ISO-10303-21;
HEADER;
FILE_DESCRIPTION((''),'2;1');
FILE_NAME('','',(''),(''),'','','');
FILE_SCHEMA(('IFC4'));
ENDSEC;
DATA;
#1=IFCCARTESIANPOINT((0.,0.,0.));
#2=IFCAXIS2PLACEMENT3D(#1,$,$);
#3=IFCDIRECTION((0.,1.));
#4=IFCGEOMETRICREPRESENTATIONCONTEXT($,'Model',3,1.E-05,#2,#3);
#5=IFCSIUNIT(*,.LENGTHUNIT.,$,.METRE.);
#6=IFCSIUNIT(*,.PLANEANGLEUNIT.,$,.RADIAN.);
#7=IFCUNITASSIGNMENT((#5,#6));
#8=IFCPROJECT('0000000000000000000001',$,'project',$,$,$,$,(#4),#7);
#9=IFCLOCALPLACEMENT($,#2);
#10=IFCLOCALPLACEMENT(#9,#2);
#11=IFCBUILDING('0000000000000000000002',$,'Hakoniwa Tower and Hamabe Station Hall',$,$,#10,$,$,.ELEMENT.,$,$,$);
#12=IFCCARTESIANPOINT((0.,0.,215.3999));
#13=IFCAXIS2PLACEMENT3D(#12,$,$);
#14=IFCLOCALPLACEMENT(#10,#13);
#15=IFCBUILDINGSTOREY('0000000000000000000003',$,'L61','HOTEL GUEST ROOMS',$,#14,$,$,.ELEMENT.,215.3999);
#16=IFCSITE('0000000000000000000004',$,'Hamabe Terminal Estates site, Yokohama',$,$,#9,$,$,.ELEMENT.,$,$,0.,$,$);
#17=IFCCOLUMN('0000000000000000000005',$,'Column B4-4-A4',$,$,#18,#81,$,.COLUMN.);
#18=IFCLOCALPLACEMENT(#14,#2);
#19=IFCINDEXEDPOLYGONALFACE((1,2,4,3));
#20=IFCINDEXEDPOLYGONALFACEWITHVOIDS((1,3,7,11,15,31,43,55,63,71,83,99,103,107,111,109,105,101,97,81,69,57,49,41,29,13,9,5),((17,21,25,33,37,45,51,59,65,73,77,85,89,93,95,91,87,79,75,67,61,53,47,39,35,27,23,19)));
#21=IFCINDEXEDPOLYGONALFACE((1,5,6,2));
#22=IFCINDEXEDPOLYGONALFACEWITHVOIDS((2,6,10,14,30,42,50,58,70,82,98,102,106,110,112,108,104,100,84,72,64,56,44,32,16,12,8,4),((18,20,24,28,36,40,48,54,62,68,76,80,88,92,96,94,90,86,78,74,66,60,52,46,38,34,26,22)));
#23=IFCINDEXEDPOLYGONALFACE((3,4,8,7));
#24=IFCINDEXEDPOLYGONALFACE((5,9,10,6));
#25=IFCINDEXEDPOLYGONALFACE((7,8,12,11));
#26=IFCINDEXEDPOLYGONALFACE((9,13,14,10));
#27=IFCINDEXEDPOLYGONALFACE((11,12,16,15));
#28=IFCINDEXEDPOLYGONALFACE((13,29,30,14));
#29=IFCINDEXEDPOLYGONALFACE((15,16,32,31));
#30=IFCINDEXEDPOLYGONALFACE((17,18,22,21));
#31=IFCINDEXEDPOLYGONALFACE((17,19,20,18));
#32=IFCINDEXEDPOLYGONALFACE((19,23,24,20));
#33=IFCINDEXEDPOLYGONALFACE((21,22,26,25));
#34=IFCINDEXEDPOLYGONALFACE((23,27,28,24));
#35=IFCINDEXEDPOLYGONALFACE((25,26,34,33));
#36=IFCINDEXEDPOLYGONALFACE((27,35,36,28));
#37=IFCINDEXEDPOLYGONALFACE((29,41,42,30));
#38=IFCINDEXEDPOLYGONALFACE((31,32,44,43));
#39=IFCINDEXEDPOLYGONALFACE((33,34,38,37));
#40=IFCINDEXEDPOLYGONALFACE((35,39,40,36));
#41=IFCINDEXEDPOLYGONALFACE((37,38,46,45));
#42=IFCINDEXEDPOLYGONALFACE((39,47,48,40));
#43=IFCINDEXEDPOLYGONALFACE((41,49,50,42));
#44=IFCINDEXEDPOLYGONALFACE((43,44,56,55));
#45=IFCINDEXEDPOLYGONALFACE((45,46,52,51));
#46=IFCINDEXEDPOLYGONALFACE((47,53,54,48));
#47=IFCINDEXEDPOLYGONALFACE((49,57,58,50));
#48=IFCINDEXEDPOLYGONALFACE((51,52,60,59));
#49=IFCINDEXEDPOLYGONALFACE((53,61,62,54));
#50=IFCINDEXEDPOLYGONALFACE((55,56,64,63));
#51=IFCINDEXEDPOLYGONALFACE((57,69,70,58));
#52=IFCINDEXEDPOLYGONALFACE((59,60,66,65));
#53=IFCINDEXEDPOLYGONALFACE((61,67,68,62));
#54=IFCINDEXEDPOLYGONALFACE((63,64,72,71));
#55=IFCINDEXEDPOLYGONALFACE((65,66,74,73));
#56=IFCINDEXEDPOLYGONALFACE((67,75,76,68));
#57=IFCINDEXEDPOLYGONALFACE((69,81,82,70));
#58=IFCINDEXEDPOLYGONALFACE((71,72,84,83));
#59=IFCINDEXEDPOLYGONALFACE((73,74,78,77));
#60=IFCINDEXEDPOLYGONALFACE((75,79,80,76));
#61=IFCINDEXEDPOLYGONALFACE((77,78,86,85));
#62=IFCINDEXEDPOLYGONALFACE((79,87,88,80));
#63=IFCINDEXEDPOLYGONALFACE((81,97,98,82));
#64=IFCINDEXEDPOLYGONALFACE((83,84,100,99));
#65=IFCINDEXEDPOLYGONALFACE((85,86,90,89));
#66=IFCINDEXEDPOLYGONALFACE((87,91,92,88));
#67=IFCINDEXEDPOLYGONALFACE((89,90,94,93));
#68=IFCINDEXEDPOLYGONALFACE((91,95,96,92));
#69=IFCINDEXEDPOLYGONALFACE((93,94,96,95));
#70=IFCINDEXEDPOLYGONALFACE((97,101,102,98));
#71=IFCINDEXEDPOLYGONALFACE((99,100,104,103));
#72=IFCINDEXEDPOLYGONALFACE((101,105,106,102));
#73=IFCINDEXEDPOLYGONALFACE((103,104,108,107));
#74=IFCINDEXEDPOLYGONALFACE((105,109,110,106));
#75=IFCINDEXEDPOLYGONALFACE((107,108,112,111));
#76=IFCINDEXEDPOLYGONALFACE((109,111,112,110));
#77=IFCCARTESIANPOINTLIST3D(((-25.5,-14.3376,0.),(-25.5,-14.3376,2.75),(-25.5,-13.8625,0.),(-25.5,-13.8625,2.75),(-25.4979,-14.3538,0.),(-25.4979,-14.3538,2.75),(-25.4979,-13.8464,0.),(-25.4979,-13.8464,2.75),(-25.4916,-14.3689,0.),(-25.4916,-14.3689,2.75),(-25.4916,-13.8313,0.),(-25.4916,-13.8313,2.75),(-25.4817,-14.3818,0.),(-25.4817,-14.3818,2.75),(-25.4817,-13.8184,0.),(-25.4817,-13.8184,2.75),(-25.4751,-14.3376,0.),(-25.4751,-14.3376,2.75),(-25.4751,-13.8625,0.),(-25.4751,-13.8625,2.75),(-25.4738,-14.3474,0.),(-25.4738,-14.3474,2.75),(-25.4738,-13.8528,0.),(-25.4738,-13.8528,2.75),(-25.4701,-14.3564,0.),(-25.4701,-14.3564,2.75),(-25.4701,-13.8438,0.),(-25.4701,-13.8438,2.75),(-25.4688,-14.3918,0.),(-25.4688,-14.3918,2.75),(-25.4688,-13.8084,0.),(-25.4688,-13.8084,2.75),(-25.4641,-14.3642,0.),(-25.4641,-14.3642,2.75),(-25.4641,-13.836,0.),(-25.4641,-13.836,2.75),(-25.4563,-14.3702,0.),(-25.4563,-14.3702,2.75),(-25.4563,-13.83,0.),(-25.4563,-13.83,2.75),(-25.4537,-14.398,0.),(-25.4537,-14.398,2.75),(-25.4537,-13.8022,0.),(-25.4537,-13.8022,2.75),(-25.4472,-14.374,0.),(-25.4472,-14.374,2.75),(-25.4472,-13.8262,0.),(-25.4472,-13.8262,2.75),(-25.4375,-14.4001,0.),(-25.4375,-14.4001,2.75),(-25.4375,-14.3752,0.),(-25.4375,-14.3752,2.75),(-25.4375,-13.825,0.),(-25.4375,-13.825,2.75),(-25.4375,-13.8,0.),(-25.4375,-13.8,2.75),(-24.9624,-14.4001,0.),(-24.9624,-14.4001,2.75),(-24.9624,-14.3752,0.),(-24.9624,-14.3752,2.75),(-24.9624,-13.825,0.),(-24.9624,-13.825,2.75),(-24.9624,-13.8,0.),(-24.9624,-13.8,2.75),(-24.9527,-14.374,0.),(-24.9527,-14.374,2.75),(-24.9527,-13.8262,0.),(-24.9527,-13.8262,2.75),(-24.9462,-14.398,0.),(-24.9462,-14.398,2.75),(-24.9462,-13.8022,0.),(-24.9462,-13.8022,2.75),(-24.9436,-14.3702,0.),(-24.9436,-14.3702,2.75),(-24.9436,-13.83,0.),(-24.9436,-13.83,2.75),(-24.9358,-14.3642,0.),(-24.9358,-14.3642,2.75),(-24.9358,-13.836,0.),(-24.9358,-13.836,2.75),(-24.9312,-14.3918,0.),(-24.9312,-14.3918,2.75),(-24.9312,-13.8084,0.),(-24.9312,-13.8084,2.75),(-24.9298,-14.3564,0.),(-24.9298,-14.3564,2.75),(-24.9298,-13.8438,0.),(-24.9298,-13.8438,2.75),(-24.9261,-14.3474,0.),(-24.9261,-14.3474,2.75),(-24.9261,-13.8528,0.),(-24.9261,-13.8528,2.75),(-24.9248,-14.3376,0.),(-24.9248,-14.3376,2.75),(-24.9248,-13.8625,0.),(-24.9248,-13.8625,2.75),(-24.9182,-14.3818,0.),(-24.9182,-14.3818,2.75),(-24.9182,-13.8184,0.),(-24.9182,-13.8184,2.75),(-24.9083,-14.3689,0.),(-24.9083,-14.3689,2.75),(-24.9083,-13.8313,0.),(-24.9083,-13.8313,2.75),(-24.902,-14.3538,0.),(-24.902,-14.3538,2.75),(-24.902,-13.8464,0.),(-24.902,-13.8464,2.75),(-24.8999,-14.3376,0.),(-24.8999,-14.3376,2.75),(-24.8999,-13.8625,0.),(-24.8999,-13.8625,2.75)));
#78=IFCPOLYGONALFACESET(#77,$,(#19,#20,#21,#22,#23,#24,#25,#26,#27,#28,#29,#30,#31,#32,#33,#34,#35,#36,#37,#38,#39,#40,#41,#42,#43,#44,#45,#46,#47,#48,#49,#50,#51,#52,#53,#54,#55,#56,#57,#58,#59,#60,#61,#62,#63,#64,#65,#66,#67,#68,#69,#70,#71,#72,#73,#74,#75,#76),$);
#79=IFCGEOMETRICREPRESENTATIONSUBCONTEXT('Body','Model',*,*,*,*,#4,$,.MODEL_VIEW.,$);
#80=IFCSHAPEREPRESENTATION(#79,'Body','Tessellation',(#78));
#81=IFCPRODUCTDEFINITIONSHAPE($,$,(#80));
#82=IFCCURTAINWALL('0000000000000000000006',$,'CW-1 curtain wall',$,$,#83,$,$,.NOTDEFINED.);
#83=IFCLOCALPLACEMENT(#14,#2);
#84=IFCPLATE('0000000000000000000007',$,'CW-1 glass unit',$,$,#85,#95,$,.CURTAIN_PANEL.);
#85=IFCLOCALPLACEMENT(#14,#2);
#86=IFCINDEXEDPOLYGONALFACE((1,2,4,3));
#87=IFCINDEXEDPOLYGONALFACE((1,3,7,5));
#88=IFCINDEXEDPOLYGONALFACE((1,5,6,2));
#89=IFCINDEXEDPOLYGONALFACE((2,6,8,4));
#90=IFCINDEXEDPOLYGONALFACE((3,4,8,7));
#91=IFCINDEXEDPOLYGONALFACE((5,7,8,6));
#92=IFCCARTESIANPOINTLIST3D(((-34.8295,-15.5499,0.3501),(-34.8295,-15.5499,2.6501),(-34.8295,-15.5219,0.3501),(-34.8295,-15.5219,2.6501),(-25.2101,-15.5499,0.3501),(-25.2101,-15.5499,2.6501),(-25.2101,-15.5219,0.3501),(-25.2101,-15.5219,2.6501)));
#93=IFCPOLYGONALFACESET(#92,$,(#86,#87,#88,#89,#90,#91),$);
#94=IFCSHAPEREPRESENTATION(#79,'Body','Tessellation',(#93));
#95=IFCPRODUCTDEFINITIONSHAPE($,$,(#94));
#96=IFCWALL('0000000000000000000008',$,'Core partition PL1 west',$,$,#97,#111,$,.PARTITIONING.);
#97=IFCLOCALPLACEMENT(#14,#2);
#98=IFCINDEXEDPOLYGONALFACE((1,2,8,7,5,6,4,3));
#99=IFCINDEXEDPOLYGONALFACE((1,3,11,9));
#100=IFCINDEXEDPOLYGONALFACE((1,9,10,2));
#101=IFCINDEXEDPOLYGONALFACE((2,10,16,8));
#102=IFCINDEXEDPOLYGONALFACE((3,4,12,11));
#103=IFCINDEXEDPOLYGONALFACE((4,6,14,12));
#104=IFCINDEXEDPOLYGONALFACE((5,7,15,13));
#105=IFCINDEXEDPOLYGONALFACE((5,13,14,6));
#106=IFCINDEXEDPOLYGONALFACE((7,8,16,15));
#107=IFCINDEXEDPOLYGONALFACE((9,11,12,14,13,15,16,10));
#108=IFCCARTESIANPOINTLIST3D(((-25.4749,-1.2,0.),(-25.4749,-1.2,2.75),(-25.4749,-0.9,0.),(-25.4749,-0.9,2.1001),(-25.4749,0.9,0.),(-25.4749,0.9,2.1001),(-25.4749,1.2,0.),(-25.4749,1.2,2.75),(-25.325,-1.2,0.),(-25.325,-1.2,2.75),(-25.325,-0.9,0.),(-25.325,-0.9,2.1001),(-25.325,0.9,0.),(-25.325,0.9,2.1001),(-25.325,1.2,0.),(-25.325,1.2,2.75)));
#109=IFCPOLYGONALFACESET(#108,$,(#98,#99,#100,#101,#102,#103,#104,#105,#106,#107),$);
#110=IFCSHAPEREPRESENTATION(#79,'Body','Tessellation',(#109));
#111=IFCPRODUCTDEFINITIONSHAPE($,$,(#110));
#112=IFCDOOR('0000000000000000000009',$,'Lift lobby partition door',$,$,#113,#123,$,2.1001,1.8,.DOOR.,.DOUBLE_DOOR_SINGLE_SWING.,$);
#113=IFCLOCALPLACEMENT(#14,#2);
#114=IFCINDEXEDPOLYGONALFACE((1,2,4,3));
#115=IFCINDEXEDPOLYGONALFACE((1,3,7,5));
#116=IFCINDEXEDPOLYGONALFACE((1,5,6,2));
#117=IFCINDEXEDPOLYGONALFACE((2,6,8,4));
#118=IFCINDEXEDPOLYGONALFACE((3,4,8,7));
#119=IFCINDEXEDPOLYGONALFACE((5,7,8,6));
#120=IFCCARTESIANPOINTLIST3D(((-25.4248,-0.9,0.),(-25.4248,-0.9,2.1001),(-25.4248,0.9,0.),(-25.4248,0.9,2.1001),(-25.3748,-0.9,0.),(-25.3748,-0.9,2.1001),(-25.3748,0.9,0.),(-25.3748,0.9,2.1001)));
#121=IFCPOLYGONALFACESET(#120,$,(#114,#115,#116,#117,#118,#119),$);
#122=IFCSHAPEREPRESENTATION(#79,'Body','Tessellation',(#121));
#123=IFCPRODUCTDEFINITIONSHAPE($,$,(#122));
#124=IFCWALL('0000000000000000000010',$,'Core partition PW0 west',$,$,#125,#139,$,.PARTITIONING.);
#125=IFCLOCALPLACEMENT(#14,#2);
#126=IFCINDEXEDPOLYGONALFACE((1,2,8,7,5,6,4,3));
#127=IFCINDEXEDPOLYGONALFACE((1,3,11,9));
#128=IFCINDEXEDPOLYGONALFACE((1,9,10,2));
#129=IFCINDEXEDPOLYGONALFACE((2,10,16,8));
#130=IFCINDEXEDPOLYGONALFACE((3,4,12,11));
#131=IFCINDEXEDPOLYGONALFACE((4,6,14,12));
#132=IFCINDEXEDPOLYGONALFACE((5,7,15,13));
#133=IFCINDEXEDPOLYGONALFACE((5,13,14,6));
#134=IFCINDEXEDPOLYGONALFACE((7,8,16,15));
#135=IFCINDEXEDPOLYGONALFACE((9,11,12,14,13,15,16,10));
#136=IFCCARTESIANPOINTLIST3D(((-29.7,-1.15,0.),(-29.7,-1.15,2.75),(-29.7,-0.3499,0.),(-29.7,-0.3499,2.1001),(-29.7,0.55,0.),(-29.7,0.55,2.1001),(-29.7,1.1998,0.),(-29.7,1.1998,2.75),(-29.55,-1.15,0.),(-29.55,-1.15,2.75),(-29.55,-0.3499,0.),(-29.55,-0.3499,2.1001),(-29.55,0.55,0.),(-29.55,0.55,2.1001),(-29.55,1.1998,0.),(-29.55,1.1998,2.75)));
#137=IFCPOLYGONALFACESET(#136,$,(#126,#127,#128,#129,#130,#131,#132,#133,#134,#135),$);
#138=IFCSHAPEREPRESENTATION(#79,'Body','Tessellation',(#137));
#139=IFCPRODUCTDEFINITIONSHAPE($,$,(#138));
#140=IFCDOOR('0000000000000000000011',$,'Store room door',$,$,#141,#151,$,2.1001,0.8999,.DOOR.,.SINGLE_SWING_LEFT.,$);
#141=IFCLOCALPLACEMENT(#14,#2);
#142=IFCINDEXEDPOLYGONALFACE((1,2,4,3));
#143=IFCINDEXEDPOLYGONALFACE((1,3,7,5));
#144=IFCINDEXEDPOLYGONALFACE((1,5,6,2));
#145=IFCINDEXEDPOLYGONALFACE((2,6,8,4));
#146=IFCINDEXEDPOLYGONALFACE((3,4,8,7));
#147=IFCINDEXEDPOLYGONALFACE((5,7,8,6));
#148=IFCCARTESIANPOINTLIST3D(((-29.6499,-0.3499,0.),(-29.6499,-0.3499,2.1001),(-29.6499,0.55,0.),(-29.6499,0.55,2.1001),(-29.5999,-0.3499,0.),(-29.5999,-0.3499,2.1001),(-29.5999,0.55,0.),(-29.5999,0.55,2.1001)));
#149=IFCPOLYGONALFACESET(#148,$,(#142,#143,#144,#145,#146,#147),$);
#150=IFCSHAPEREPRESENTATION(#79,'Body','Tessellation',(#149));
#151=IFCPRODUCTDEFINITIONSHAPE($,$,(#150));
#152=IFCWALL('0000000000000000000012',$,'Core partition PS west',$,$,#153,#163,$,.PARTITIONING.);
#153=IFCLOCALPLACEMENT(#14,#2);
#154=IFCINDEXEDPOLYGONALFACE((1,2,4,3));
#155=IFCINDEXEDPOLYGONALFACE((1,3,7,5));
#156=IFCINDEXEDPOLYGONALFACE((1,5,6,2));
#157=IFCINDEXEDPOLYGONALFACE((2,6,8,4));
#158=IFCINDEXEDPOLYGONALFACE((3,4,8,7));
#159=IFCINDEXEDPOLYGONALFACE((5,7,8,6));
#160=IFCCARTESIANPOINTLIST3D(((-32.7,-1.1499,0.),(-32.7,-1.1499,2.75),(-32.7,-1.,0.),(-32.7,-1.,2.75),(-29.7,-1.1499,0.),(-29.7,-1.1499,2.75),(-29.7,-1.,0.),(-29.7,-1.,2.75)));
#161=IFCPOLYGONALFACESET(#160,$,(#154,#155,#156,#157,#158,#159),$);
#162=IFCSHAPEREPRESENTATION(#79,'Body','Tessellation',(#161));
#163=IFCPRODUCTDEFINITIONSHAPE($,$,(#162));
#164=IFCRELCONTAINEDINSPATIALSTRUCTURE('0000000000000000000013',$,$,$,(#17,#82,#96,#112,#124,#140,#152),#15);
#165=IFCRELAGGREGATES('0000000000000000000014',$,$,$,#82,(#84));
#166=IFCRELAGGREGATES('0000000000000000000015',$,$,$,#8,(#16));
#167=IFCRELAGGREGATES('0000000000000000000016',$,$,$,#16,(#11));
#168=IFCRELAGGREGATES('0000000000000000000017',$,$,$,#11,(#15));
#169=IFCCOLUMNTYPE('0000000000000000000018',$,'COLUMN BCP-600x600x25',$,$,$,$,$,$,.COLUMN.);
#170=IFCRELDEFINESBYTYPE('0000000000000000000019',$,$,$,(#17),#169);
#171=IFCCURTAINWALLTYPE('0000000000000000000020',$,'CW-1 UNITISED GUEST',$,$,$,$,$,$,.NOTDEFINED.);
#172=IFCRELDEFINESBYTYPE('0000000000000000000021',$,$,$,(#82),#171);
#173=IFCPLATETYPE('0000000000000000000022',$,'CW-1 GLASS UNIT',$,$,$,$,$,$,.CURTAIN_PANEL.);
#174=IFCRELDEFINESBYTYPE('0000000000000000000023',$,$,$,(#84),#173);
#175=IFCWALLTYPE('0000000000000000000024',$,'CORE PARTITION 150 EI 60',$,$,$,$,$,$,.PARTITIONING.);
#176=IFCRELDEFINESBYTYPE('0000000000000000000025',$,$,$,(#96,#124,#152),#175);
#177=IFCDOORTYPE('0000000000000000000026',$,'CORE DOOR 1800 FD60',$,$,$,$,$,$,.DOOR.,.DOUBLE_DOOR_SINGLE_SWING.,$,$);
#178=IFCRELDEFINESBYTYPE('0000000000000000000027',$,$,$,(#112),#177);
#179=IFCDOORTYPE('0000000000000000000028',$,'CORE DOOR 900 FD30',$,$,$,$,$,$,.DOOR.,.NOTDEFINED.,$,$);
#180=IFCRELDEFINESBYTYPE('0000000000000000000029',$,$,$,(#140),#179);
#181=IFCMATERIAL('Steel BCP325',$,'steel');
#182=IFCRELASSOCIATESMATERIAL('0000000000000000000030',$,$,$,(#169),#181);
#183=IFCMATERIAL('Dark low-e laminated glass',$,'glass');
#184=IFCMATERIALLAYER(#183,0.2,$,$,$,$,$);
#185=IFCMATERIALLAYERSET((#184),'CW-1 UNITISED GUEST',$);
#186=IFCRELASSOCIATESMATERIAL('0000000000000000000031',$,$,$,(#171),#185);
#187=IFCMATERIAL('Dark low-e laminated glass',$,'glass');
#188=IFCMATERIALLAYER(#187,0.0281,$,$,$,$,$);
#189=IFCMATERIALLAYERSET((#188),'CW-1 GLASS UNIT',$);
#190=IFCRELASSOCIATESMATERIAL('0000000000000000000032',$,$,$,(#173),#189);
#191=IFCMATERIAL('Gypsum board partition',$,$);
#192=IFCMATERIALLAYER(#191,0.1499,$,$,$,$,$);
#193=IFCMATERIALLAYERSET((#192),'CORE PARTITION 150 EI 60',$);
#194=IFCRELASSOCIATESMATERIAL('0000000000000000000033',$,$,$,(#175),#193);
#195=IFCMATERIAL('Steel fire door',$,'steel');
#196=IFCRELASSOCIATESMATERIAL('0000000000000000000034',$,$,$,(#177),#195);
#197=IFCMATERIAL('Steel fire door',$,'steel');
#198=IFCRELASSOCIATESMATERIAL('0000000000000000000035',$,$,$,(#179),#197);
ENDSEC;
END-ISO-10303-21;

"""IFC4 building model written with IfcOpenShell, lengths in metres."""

from ifc_helpers import new_model, si_unit, direction, frame, frame_2d, origin, origin_2d, place, context, subcontext, project, spatial, rectangle, hollow_rectangle, extrude, material, layer, layer_set, material_profile, profile_set, type_object, element, fill, aggregate, save


model = new_model("IFC4")

# Units and contexts
model_context = context("Model", 3, precision=1e-05, world=origin(), true_north=direction((0.0, 1.0)))
body_context = subcontext(model_context, "Body", "Model", "MODEL_VIEW")
ifc_project = project(units=[si_unit("LENGTHUNIT", "METRE"), si_unit("PLANEANGLEUNIT", "RADIAN")], contexts=[model_context])

# Site, building, storey
site_placement = place(None, origin())
site = spatial("IfcSite", under=ifc_project, at=site_placement, Name="Hamabe Terminal Estates site, Yokohama", CompositionType="ELEMENT", RefElevation=0.0)
building_placement = place(site_placement, origin())
building = spatial("IfcBuilding", under=site, at=building_placement, Name="Hakoniwa Tower and Hamabe Station Hall", CompositionType="ELEMENT")
storey_placement = place(building_placement, frame((0.0, 0.0, 215.3999)))
storey = spatial("IfcBuildingStorey", under=building, at=storey_placement, Name="L61", Description="HOTEL GUEST ROOMS", CompositionType="ELEMENT", Elevation=215.3999)

# Column
ifc_material_1 = material(Name="Steel BCP325", Category="steel")
ifc_material_profile = material_profile(ifc_material_1, hollow_rectangle(XDim=0.6001, YDim=0.6001, WallThickness=0.0249, InnerFilletRadius=0.0376, OuterFilletRadius=0.0625, at=origin_2d()), Name="BCP-600x600x25")
ifc_profile_set = profile_set([ifc_material_profile], Name="Steel BCP325")
column_type = type_object("IfcColumnType", Name="COLUMN BCP-600x600x25", PredefinedType="COLUMN", material=ifc_profile_set)
column_placement = place(storey_placement, frame((-25.2, -14.1001, 0.0), z_axis=(0.0, 0.0, 1.0), x_axis=(1.0, 0.0, 0.0)))
element("IfcColumn", 1, at=column_placement, inside=storey, type_object=column_type, Name="Column B4-4-A4", PredefinedType="COLUMN", context=body_context, shape_type="SweptSolid", body=[
    extrude(hollow_rectangle(XDim=0.6001, YDim=0.6001, WallThickness=0.0249, InnerFilletRadius=0.0376, OuterFilletRadius=0.0625, at=origin_2d()), origin(), (0.0, 0.0, 1.0), 2.75),
])

# Curtain wall, plate
ifc_material_2 = material(Name="Dark low-e laminated glass", Category="glass")
ifc_layer_1 = layer(ifc_material_2, 0.2)
ifc_layer_set_1 = layer_set([ifc_layer_1], Name="CW-1 UNITISED GUEST")
curtain_wall_type = type_object("IfcCurtainWallType", Name="CW-1 UNITISED GUEST", PredefinedType="NOTDEFINED", material=ifc_layer_set_1)
curtain_wall_placement = place(storey_placement, origin())
curtain_wall = element("IfcCurtainWall", 2, at=curtain_wall_placement, inside=storey, type_object=curtain_wall_type, Name="CW-1 curtain wall", PredefinedType="NOTDEFINED")
ifc_material_3 = material(Name="Dark low-e laminated glass", Category="glass")
ifc_layer_2 = layer(ifc_material_3, 0.0281)
ifc_layer_set_2 = layer_set([ifc_layer_2], Name="CW-1 GLASS UNIT")
plate_type = type_object("IfcPlateType", Name="CW-1 GLASS UNIT", PredefinedType="CURTAIN_PANEL", material=ifc_layer_set_2)
plate_placement = place(storey_placement, frame((-30.0198, -15.5359, 0.3501), z_axis=(0.0, 0.0, 1.0), x_axis=(1.0, 0.0, 0.0)))
plate = element("IfcPlate", 3, at=plate_placement, type_object=plate_type, Name="CW-1 glass unit", PredefinedType="CURTAIN_PANEL", context=body_context, shape_type="SweptSolid", body=[
    extrude(rectangle(XDim=9.6194, YDim=0.0281, at=origin_2d()), origin(), (0.0, 0.0, 1.0), 2.3),
])
aggregate(curtain_wall, [plate])

# Walls, openings, doors
ifc_material_4 = material(Name="Gypsum board partition")
ifc_layer_3 = layer(ifc_material_4, 0.1499)
ifc_layer_set_3 = layer_set([ifc_layer_3], Name="CORE PARTITION 150 EI 60")
wall_type_1 = type_object("IfcWallType", Name="CORE PARTITION 150 EI 60", PredefinedType="PARTITIONING", material=ifc_layer_set_3)
wall_1_placement = place(storey_placement, frame((-25.3999, -1.2, 0.0), z_axis=(0.0, 0.0, 1.0), x_axis=(0.0, 1.0, 0.0)))
wall_1 = element("IfcWall", 4, at=wall_1_placement, inside=storey, type_object=wall_type_1, Name="Core partition PL1 west", PredefinedType="PARTITIONING", context=body_context, shape_type="SweptSolid", body=[
    extrude(rectangle(XDim=2.3999, YDim=0.1499, at=frame_2d((1.2, 0.0))), origin(), (0.0, 0.0, 1.0), 2.75),
])
opening_1_placement = place(wall_1_placement, frame((0.3, 0.0, 0.0)))
opening_1 = element("IfcOpeningElement", 5, at=opening_1_placement, cuts=wall_1, PredefinedType="OPENING", context=body_context, shape_type="SweptSolid", body=[
    extrude(rectangle(XDim=1.8, YDim=2.1001, at=frame_2d((0.8999, 1.05))), frame((0.0, 0.085, 0.0), z_axis=(0.0, -1.0, 0.0), x_axis=(1.0, 0.0, 0.0)), (0.0, 0.0, 1.0), 0.1699),
])
ifc_material_5 = material(Name="Steel fire door", Category="steel")
door_type_1 = type_object("IfcDoorType", Name="CORE DOOR 1800 FD60", OperationType="DOUBLE_DOOR_SINGLE_SWING", PredefinedType="DOOR", material=ifc_material_5)
door_1_placement = place(opening_1_placement, origin())
door_1 = element("IfcDoor", 6, at=door_1_placement, inside=storey, type_object=door_type_1, Name="Lift lobby partition door", OperationType="DOUBLE_DOOR_SINGLE_SWING", OverallHeight=2.1001, OverallWidth=1.8, PredefinedType="DOOR", context=body_context, shape_type="SweptSolid", body=[
    extrude(rectangle(XDim=1.8, YDim=2.1001, at=frame_2d((0.8999, 1.05))), frame((0.0, 0.0249, 0.0), z_axis=(0.0, -1.0, 0.0), x_axis=(1.0, 0.0, 0.0)), (0.0, 0.0, 1.0), 0.05),
])
fill(opening_1, door_1)
wall_2_placement = place(storey_placement, frame((-29.625, -1.1499, 0.0), z_axis=(0.0, 0.0, 1.0), x_axis=(0.0, 1.0, 0.0)))
wall_2 = element("IfcWall", 7, at=wall_2_placement, inside=storey, type_object=wall_type_1, Name="Core partition PW0 west", PredefinedType="PARTITIONING", context=body_context, shape_type="SweptSolid", body=[
    extrude(rectangle(XDim=2.3499, YDim=0.1499, at=frame_2d((1.1748, 0.0))), origin(), (0.0, 0.0, 1.0), 2.75),
])
opening_2_placement = place(wall_2_placement, frame((0.8, 0.0, 0.0)))
opening_2 = element("IfcOpeningElement", 8, at=opening_2_placement, cuts=wall_2, PredefinedType="OPENING", context=body_context, shape_type="SweptSolid", body=[
    extrude(rectangle(XDim=0.8999, YDim=2.1001, at=frame_2d((0.45, 1.05))), frame((0.0, 0.085, 0.0), z_axis=(0.0, -1.0, 0.0), x_axis=(1.0, 0.0, 0.0)), (0.0, 0.0, 1.0), 0.1699),
])
ifc_material_6 = material(Name="Steel fire door", Category="steel")
door_type_2 = type_object("IfcDoorType", Name="CORE DOOR 900 FD30", OperationType="NOTDEFINED", PredefinedType="DOOR", material=ifc_material_6)
door_2_placement = place(opening_2_placement, origin())
door_2 = element("IfcDoor", 9, at=door_2_placement, inside=storey, type_object=door_type_2, Name="Store room door", OperationType="SINGLE_SWING_LEFT", OverallHeight=2.1001, OverallWidth=0.8999, PredefinedType="DOOR", context=body_context, shape_type="SweptSolid", body=[
    extrude(rectangle(XDim=0.8999, YDim=2.1001, at=frame_2d((0.45, 1.05))), frame((0.0, 0.0249, 0.0), z_axis=(0.0, -1.0, 0.0), x_axis=(1.0, 0.0, 0.0)), (0.0, 0.0, 1.0), 0.05),
])
fill(opening_2, door_2)

# Wall
wall_3_placement = place(storey_placement, frame((-32.7, -1.075, 0.0), z_axis=(0.0, 0.0, 1.0), x_axis=(1.0, 0.0, 0.0)))
element("IfcWall", 10, at=wall_3_placement, inside=storey, type_object=wall_type_1, Name="Core partition PS west", PredefinedType="PARTITIONING", context=body_context, shape_type="SweptSolid", body=[
    extrude(rectangle(XDim=3.0, YDim=0.1499, at=frame_2d((1.5, 0.0))), origin(), (0.0, 0.0, 1.0), 2.75),
])

save(model, "model.ifc")
